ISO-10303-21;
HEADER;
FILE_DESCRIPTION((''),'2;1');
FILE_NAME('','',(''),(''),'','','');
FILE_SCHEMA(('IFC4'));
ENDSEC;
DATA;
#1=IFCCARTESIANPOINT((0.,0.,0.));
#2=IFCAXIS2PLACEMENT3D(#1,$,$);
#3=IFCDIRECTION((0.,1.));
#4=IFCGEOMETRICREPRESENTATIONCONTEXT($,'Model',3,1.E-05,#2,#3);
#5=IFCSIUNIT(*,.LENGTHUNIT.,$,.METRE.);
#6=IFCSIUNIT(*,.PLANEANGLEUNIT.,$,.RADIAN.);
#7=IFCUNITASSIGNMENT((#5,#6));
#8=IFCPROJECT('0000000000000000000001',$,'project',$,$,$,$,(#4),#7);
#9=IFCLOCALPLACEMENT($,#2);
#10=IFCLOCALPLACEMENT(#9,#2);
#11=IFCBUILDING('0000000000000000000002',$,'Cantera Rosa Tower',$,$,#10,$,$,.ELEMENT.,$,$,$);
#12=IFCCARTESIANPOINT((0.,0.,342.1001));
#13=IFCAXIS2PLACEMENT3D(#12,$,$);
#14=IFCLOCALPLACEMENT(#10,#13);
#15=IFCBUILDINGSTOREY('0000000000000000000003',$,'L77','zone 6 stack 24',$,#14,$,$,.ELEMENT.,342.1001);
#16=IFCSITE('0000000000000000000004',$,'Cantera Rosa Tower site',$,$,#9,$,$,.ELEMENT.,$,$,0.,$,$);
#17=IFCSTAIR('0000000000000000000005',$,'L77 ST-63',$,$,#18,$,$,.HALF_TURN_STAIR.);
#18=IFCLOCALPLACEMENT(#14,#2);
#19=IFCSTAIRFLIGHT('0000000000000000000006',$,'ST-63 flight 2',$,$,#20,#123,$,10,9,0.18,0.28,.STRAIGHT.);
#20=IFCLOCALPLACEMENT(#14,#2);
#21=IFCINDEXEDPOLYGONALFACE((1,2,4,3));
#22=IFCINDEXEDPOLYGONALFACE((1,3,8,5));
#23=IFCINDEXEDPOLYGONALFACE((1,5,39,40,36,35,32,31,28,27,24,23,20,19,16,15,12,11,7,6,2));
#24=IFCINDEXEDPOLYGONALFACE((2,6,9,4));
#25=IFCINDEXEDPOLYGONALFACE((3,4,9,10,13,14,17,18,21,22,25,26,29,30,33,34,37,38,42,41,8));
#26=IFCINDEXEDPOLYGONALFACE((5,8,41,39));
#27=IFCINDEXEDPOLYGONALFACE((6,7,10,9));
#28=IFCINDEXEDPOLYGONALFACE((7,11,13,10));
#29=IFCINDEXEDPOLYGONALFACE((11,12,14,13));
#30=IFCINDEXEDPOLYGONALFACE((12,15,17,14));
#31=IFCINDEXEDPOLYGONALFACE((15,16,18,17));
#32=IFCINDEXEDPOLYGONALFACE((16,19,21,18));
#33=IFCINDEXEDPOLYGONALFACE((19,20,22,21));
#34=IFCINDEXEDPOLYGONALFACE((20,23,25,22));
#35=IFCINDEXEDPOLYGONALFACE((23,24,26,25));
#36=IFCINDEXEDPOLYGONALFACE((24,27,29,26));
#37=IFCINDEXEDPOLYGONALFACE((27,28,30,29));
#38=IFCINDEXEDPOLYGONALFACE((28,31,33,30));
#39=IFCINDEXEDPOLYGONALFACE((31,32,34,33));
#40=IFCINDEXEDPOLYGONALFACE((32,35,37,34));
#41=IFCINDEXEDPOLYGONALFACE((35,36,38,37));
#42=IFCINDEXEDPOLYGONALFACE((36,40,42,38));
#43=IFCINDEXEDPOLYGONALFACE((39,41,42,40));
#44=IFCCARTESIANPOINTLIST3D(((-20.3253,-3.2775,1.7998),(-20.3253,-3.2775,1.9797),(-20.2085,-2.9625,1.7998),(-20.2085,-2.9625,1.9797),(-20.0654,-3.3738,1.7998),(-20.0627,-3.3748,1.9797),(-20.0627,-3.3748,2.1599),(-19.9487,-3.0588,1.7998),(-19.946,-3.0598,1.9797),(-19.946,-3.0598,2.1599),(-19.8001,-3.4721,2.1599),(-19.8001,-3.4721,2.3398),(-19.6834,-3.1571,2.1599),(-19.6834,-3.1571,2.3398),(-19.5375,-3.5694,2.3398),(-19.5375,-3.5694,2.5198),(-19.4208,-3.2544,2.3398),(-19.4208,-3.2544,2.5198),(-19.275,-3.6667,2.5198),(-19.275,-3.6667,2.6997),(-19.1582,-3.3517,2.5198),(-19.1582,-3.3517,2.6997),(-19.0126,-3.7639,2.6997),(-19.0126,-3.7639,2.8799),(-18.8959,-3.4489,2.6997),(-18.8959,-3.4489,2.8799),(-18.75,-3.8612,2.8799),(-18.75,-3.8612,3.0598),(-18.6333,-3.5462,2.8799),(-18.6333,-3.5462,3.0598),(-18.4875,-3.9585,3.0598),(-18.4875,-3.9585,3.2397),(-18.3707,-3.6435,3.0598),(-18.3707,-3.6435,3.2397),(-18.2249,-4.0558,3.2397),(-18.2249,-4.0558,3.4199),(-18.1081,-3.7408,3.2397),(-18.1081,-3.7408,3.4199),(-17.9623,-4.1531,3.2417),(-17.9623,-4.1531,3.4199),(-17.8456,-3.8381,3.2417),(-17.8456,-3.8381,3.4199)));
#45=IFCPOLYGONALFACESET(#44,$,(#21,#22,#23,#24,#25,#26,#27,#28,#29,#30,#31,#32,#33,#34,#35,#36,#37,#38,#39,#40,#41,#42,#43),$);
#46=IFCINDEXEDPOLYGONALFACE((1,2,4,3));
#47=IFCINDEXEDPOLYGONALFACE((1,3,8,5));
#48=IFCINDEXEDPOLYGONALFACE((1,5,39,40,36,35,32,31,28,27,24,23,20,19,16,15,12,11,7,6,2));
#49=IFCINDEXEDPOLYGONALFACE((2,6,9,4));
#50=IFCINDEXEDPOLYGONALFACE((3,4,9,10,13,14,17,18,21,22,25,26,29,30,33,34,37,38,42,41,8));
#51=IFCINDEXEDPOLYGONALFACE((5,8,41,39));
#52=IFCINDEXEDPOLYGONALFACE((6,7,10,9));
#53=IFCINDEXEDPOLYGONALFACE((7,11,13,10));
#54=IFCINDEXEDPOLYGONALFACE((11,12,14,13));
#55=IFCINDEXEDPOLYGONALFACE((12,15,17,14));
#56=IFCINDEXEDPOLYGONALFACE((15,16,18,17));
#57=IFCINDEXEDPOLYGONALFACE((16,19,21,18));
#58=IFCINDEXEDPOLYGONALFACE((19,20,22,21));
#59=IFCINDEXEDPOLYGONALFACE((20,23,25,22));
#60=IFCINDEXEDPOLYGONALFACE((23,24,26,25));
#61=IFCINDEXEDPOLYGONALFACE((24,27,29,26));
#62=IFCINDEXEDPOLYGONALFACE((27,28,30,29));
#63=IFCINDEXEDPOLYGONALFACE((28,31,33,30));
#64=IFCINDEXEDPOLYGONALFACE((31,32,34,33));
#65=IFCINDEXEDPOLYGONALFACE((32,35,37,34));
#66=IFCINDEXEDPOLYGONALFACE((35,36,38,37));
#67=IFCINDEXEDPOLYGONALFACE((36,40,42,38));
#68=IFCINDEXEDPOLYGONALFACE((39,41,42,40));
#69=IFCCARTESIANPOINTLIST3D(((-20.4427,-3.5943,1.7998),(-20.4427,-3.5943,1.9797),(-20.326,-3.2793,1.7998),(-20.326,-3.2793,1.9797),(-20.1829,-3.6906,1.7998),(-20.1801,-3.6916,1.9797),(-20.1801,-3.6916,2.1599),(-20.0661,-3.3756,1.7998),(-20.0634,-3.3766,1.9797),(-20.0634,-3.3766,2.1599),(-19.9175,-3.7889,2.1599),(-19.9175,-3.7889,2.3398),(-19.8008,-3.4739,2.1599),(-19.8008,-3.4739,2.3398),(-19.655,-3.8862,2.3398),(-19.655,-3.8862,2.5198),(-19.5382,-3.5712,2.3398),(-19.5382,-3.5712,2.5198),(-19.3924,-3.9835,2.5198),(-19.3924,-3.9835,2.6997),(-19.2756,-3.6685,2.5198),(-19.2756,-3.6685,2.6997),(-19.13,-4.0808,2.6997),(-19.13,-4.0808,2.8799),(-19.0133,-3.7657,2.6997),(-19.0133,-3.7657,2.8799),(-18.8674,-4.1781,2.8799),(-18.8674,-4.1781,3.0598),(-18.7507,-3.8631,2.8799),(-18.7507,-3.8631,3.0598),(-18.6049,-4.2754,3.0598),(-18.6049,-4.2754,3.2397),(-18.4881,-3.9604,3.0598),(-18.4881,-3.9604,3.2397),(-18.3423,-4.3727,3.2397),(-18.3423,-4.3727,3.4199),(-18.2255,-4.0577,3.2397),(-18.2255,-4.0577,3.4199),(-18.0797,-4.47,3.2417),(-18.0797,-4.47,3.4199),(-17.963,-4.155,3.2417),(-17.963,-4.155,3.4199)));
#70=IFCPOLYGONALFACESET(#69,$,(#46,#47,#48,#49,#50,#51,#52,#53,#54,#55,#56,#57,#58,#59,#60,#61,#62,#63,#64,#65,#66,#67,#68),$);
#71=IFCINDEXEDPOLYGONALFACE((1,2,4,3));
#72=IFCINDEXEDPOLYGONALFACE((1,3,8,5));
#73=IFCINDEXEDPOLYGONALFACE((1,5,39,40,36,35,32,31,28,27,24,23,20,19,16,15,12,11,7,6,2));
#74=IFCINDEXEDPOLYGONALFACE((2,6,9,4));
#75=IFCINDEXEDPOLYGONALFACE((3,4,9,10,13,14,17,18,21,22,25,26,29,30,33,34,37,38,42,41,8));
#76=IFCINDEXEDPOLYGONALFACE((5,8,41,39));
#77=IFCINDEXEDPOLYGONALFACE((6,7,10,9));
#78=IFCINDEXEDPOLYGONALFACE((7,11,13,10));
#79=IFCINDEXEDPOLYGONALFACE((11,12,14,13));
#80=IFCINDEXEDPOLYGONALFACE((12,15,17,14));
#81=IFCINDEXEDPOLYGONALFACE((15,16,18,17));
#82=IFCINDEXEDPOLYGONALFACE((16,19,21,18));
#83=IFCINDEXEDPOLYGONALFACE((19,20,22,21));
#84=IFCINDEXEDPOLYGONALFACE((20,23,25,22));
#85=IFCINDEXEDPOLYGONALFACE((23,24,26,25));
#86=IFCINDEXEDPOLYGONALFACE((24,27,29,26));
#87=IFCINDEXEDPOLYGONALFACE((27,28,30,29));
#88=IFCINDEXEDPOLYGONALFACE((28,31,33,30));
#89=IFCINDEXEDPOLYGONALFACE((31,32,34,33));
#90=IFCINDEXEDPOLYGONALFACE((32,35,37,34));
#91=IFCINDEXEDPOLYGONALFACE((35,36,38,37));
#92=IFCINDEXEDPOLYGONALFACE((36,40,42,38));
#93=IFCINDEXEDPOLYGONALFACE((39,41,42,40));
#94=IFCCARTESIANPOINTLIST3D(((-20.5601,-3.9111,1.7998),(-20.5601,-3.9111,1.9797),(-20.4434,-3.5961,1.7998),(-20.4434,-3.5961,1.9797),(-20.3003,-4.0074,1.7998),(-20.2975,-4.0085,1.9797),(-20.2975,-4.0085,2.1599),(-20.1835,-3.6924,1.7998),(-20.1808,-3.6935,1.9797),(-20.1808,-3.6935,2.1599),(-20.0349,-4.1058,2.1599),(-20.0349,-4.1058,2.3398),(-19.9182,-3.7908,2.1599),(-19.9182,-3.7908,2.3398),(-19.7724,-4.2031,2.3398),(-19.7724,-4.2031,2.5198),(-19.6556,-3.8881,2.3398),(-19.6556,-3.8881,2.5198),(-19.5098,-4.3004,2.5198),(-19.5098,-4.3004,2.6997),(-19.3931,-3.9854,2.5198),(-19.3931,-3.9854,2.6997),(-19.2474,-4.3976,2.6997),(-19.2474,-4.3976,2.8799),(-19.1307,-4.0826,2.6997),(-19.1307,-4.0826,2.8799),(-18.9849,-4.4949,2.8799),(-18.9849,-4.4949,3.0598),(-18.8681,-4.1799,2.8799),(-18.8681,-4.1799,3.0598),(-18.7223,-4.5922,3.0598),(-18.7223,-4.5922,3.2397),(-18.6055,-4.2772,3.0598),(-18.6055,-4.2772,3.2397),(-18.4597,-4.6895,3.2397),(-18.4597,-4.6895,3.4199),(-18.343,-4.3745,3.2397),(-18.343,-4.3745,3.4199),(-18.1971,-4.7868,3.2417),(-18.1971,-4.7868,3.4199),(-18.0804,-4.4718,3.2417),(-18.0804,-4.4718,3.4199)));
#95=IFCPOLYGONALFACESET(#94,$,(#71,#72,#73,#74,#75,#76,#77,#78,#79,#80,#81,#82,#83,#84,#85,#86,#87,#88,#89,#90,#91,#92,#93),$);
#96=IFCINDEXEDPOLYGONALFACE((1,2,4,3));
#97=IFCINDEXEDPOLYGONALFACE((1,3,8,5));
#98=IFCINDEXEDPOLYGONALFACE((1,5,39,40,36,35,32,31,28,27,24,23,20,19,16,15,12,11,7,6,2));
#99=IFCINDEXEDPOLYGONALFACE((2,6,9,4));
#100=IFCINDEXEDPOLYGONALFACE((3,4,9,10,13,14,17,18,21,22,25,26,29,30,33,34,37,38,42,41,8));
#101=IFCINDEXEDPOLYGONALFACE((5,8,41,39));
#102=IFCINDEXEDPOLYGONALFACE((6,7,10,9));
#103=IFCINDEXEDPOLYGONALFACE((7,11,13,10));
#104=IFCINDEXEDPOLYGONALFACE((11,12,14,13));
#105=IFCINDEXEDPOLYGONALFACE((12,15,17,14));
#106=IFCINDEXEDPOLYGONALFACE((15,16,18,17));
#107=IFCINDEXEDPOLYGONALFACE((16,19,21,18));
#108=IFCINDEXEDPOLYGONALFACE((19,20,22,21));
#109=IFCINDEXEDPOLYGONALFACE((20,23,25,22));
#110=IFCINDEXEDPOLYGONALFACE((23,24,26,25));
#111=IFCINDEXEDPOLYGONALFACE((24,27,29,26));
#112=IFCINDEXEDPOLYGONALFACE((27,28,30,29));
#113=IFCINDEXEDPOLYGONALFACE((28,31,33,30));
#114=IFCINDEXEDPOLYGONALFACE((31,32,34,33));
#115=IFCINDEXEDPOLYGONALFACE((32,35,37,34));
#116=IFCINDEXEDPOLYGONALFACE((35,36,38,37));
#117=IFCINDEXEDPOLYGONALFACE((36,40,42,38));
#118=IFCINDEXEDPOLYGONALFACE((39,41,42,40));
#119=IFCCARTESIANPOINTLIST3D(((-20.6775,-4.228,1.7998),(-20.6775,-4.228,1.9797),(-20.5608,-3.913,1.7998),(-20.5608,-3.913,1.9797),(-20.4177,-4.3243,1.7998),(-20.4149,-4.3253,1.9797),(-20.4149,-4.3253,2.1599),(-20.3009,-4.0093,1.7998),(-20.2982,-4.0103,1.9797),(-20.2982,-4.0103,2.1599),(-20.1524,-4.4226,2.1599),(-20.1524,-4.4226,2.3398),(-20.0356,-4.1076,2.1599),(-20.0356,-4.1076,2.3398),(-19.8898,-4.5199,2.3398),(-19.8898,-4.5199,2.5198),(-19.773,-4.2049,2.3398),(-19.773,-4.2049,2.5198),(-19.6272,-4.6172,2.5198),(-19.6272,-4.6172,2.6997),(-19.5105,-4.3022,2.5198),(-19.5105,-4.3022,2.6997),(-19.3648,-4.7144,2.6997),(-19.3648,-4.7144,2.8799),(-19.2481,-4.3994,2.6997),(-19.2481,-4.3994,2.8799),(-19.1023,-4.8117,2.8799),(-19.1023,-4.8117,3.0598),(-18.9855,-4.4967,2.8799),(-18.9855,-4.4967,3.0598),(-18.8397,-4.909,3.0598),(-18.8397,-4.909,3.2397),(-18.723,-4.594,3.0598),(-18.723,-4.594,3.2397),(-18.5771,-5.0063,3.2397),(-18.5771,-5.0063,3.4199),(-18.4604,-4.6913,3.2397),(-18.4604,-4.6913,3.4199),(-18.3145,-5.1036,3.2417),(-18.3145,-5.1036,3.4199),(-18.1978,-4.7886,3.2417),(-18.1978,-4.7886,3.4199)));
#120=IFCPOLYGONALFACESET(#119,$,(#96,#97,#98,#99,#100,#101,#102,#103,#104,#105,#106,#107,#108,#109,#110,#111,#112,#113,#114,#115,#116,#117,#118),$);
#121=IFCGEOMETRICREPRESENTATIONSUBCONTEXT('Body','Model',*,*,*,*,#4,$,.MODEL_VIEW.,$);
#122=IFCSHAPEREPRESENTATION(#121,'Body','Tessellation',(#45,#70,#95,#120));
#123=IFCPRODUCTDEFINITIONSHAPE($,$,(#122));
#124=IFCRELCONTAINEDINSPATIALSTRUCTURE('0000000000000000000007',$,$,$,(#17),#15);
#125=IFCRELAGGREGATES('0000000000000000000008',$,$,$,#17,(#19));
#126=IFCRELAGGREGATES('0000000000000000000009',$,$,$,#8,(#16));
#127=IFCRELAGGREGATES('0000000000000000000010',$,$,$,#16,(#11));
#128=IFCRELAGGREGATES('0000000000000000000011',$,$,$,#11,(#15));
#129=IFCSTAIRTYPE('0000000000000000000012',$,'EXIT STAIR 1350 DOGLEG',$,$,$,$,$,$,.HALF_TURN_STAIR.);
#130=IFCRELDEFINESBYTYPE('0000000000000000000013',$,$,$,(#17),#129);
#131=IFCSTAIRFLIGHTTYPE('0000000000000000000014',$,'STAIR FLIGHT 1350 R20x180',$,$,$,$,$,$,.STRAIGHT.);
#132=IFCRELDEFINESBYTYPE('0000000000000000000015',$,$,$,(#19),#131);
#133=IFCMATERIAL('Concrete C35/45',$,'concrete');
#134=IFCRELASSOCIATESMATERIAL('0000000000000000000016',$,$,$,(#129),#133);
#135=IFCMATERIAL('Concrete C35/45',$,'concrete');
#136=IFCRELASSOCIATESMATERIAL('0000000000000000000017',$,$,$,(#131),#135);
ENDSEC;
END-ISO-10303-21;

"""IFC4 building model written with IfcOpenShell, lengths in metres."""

from ifc_helpers import new_model, si_unit, direction, frame, origin, place, context, subcontext, project, spatial, polyline, outline, extrude, material, type_object, element, aggregate, save


model = new_model("IFC4")

# Units and contexts
model_context = context("Model", 3, precision=1e-05, world=origin(), true_north=direction((0.0, 1.0)))
body_context = subcontext(model_context, "Body", "Model", "MODEL_VIEW")
ifc_project = project(units=[si_unit("LENGTHUNIT", "METRE"), si_unit("PLANEANGLEUNIT", "RADIAN")], contexts=[model_context])

# Site, building, storey
site_placement = place(None, origin())
site = spatial("IfcSite", under=ifc_project, at=site_placement, Name="Cantera Rosa Tower site", CompositionType="ELEMENT", RefElevation=0.0)
building_placement = place(site_placement, origin())
building = spatial("IfcBuilding", under=site, at=building_placement, Name="Cantera Rosa Tower", CompositionType="ELEMENT")
storey_placement = place(building_placement, frame((0.0, 0.0, 342.1001)))
storey = spatial("IfcBuildingStorey", under=building, at=storey_placement, Name="L77", Description="zone 6 stack 24", CompositionType="ELEMENT", Elevation=342.1001)

# Stair, stair flight
ifc_material_1 = material(Name="Concrete C35/45", Category="concrete")
stair_type = type_object("IfcStairType", Name="EXIT STAIR 1350 DOGLEG", PredefinedType="HALF_TURN_STAIR", material=ifc_material_1)
stair_placement = place(storey_placement, origin())
stair = element("IfcStair", 1, at=stair_placement, inside=storey, type_object=stair_type, Name="L77 ST-63", PredefinedType="HALF_TURN_STAIR")
ifc_material_2 = material(Name="Concrete C35/45", Category="concrete")
stair_flight_type = type_object("IfcStairFlightType", Name="STAIR FLIGHT 1350 R20x180", PredefinedType="STRAIGHT", material=ifc_material_2)
stair_flight_1_placement = place(storey_placement, frame((-20.4431, -3.5955, 1.7998), z_axis=(0.0, 0.0, 1.0), x_axis=(0.937687, -0.347481, 0.0)))
stair_flight_1 = element("IfcStairFlight", 2, at=stair_flight_1_placement, type_object=stair_flight_type, Name="ST-63 flight 2", NumberOfRisers=10, NumberOfTreads=9, PredefinedType="STRAIGHT", RiserHeight=0.18, TreadLength=0.28, context=body_context, shape_type="SweptSolid", body=[
    extrude(outline(polyline([(0.0, 0.0), (0.0, 0.1799), (0.28, 0.1799), (0.28, 0.3601), (0.5601, 0.3601), (0.5601, 0.54), (0.8401, 0.54), (0.8401, 0.72), (1.1201, 0.72), (1.1201, 0.8999), (1.3999, 0.8999), (1.3999, 1.0801), (1.6799, 1.0801), (1.6799, 1.26), (1.96, 1.26), (1.96, 1.4399), (2.24, 1.4399), (2.24, 1.6201), (2.52, 1.6201), (2.52, 1.8), (2.52, 1.4419), (0.2771, 0.0), (0.0, 0.0)])), frame((0.0, 0.675, 0.0), z_axis=(0.0, -1.0, 0.0), x_axis=(1.0, 0.0, 0.0)), (0.0, 0.0, 1.0), 0.3359),
    extrude(outline(polyline([(0.0, 0.0), (0.0, 0.1799), (0.28, 0.1799), (0.28, 0.3601), (0.5601, 0.3601), (0.5601, 0.54), (0.8401, 0.54), (0.8401, 0.72), (1.1201, 0.72), (1.1201, 0.8999), (1.3999, 0.8999), (1.3999, 1.0801), (1.6799, 1.0801), (1.6799, 1.26), (1.96, 1.26), (1.96, 1.4399), (2.24, 1.4399), (2.24, 1.6201), (2.52, 1.6201), (2.52, 1.8), (2.52, 1.4419), (0.2771, 0.0), (0.0, 0.0)])), frame((0.0, 0.3372, 0.0), z_axis=(0.0, -1.0, 0.0), x_axis=(1.0, 0.0, 0.0)), (0.0, 0.0, 1.0), 0.3359),
    extrude(outline(polyline([(0.0, 0.0), (0.0, 0.1799), (0.28, 0.1799), (0.28, 0.3601), (0.5601, 0.3601), (0.5601, 0.54), (0.8401, 0.54), (0.8401, 0.72), (1.1201, 0.72), (1.1201, 0.8999), (1.3999, 0.8999), (1.3999, 1.0801), (1.6799, 1.0801), (1.6799, 1.26), (1.96, 1.26), (1.96, 1.4399), (2.24, 1.4399), (2.24, 1.6201), (2.52, 1.6201), (2.52, 1.8), (2.52, 1.4419), (0.2771, 0.0), (0.0, 0.0)])), frame((0.0, -0.0007, 0.0), z_axis=(0.0, -1.0, 0.0), x_axis=(1.0, 0.0, 0.0)), (0.0, 0.0, 1.0), 0.3359),
    extrude(outline(polyline([(0.0, 0.0), (0.0, 0.1799), (0.28, 0.1799), (0.28, 0.3601), (0.5601, 0.3601), (0.5601, 0.54), (0.8401, 0.54), (0.8401, 0.72), (1.1201, 0.72), (1.1201, 0.8999), (1.3999, 0.8999), (1.3999, 1.0801), (1.6799, 1.0801), (1.6799, 1.26), (1.96, 1.26), (1.96, 1.4399), (2.24, 1.4399), (2.24, 1.6201), (2.52, 1.6201), (2.52, 1.8), (2.52, 1.4419), (0.2771, 0.0), (0.0, 0.0)])), frame((0.0, -0.3386, 0.0), z_axis=(0.0, -1.0, 0.0), x_axis=(1.0, 0.0, 0.0)), (0.0, 0.0, 1.0), 0.3359),
])
aggregate(stair, [stair_flight_1])

save(model, "model.ifc")
